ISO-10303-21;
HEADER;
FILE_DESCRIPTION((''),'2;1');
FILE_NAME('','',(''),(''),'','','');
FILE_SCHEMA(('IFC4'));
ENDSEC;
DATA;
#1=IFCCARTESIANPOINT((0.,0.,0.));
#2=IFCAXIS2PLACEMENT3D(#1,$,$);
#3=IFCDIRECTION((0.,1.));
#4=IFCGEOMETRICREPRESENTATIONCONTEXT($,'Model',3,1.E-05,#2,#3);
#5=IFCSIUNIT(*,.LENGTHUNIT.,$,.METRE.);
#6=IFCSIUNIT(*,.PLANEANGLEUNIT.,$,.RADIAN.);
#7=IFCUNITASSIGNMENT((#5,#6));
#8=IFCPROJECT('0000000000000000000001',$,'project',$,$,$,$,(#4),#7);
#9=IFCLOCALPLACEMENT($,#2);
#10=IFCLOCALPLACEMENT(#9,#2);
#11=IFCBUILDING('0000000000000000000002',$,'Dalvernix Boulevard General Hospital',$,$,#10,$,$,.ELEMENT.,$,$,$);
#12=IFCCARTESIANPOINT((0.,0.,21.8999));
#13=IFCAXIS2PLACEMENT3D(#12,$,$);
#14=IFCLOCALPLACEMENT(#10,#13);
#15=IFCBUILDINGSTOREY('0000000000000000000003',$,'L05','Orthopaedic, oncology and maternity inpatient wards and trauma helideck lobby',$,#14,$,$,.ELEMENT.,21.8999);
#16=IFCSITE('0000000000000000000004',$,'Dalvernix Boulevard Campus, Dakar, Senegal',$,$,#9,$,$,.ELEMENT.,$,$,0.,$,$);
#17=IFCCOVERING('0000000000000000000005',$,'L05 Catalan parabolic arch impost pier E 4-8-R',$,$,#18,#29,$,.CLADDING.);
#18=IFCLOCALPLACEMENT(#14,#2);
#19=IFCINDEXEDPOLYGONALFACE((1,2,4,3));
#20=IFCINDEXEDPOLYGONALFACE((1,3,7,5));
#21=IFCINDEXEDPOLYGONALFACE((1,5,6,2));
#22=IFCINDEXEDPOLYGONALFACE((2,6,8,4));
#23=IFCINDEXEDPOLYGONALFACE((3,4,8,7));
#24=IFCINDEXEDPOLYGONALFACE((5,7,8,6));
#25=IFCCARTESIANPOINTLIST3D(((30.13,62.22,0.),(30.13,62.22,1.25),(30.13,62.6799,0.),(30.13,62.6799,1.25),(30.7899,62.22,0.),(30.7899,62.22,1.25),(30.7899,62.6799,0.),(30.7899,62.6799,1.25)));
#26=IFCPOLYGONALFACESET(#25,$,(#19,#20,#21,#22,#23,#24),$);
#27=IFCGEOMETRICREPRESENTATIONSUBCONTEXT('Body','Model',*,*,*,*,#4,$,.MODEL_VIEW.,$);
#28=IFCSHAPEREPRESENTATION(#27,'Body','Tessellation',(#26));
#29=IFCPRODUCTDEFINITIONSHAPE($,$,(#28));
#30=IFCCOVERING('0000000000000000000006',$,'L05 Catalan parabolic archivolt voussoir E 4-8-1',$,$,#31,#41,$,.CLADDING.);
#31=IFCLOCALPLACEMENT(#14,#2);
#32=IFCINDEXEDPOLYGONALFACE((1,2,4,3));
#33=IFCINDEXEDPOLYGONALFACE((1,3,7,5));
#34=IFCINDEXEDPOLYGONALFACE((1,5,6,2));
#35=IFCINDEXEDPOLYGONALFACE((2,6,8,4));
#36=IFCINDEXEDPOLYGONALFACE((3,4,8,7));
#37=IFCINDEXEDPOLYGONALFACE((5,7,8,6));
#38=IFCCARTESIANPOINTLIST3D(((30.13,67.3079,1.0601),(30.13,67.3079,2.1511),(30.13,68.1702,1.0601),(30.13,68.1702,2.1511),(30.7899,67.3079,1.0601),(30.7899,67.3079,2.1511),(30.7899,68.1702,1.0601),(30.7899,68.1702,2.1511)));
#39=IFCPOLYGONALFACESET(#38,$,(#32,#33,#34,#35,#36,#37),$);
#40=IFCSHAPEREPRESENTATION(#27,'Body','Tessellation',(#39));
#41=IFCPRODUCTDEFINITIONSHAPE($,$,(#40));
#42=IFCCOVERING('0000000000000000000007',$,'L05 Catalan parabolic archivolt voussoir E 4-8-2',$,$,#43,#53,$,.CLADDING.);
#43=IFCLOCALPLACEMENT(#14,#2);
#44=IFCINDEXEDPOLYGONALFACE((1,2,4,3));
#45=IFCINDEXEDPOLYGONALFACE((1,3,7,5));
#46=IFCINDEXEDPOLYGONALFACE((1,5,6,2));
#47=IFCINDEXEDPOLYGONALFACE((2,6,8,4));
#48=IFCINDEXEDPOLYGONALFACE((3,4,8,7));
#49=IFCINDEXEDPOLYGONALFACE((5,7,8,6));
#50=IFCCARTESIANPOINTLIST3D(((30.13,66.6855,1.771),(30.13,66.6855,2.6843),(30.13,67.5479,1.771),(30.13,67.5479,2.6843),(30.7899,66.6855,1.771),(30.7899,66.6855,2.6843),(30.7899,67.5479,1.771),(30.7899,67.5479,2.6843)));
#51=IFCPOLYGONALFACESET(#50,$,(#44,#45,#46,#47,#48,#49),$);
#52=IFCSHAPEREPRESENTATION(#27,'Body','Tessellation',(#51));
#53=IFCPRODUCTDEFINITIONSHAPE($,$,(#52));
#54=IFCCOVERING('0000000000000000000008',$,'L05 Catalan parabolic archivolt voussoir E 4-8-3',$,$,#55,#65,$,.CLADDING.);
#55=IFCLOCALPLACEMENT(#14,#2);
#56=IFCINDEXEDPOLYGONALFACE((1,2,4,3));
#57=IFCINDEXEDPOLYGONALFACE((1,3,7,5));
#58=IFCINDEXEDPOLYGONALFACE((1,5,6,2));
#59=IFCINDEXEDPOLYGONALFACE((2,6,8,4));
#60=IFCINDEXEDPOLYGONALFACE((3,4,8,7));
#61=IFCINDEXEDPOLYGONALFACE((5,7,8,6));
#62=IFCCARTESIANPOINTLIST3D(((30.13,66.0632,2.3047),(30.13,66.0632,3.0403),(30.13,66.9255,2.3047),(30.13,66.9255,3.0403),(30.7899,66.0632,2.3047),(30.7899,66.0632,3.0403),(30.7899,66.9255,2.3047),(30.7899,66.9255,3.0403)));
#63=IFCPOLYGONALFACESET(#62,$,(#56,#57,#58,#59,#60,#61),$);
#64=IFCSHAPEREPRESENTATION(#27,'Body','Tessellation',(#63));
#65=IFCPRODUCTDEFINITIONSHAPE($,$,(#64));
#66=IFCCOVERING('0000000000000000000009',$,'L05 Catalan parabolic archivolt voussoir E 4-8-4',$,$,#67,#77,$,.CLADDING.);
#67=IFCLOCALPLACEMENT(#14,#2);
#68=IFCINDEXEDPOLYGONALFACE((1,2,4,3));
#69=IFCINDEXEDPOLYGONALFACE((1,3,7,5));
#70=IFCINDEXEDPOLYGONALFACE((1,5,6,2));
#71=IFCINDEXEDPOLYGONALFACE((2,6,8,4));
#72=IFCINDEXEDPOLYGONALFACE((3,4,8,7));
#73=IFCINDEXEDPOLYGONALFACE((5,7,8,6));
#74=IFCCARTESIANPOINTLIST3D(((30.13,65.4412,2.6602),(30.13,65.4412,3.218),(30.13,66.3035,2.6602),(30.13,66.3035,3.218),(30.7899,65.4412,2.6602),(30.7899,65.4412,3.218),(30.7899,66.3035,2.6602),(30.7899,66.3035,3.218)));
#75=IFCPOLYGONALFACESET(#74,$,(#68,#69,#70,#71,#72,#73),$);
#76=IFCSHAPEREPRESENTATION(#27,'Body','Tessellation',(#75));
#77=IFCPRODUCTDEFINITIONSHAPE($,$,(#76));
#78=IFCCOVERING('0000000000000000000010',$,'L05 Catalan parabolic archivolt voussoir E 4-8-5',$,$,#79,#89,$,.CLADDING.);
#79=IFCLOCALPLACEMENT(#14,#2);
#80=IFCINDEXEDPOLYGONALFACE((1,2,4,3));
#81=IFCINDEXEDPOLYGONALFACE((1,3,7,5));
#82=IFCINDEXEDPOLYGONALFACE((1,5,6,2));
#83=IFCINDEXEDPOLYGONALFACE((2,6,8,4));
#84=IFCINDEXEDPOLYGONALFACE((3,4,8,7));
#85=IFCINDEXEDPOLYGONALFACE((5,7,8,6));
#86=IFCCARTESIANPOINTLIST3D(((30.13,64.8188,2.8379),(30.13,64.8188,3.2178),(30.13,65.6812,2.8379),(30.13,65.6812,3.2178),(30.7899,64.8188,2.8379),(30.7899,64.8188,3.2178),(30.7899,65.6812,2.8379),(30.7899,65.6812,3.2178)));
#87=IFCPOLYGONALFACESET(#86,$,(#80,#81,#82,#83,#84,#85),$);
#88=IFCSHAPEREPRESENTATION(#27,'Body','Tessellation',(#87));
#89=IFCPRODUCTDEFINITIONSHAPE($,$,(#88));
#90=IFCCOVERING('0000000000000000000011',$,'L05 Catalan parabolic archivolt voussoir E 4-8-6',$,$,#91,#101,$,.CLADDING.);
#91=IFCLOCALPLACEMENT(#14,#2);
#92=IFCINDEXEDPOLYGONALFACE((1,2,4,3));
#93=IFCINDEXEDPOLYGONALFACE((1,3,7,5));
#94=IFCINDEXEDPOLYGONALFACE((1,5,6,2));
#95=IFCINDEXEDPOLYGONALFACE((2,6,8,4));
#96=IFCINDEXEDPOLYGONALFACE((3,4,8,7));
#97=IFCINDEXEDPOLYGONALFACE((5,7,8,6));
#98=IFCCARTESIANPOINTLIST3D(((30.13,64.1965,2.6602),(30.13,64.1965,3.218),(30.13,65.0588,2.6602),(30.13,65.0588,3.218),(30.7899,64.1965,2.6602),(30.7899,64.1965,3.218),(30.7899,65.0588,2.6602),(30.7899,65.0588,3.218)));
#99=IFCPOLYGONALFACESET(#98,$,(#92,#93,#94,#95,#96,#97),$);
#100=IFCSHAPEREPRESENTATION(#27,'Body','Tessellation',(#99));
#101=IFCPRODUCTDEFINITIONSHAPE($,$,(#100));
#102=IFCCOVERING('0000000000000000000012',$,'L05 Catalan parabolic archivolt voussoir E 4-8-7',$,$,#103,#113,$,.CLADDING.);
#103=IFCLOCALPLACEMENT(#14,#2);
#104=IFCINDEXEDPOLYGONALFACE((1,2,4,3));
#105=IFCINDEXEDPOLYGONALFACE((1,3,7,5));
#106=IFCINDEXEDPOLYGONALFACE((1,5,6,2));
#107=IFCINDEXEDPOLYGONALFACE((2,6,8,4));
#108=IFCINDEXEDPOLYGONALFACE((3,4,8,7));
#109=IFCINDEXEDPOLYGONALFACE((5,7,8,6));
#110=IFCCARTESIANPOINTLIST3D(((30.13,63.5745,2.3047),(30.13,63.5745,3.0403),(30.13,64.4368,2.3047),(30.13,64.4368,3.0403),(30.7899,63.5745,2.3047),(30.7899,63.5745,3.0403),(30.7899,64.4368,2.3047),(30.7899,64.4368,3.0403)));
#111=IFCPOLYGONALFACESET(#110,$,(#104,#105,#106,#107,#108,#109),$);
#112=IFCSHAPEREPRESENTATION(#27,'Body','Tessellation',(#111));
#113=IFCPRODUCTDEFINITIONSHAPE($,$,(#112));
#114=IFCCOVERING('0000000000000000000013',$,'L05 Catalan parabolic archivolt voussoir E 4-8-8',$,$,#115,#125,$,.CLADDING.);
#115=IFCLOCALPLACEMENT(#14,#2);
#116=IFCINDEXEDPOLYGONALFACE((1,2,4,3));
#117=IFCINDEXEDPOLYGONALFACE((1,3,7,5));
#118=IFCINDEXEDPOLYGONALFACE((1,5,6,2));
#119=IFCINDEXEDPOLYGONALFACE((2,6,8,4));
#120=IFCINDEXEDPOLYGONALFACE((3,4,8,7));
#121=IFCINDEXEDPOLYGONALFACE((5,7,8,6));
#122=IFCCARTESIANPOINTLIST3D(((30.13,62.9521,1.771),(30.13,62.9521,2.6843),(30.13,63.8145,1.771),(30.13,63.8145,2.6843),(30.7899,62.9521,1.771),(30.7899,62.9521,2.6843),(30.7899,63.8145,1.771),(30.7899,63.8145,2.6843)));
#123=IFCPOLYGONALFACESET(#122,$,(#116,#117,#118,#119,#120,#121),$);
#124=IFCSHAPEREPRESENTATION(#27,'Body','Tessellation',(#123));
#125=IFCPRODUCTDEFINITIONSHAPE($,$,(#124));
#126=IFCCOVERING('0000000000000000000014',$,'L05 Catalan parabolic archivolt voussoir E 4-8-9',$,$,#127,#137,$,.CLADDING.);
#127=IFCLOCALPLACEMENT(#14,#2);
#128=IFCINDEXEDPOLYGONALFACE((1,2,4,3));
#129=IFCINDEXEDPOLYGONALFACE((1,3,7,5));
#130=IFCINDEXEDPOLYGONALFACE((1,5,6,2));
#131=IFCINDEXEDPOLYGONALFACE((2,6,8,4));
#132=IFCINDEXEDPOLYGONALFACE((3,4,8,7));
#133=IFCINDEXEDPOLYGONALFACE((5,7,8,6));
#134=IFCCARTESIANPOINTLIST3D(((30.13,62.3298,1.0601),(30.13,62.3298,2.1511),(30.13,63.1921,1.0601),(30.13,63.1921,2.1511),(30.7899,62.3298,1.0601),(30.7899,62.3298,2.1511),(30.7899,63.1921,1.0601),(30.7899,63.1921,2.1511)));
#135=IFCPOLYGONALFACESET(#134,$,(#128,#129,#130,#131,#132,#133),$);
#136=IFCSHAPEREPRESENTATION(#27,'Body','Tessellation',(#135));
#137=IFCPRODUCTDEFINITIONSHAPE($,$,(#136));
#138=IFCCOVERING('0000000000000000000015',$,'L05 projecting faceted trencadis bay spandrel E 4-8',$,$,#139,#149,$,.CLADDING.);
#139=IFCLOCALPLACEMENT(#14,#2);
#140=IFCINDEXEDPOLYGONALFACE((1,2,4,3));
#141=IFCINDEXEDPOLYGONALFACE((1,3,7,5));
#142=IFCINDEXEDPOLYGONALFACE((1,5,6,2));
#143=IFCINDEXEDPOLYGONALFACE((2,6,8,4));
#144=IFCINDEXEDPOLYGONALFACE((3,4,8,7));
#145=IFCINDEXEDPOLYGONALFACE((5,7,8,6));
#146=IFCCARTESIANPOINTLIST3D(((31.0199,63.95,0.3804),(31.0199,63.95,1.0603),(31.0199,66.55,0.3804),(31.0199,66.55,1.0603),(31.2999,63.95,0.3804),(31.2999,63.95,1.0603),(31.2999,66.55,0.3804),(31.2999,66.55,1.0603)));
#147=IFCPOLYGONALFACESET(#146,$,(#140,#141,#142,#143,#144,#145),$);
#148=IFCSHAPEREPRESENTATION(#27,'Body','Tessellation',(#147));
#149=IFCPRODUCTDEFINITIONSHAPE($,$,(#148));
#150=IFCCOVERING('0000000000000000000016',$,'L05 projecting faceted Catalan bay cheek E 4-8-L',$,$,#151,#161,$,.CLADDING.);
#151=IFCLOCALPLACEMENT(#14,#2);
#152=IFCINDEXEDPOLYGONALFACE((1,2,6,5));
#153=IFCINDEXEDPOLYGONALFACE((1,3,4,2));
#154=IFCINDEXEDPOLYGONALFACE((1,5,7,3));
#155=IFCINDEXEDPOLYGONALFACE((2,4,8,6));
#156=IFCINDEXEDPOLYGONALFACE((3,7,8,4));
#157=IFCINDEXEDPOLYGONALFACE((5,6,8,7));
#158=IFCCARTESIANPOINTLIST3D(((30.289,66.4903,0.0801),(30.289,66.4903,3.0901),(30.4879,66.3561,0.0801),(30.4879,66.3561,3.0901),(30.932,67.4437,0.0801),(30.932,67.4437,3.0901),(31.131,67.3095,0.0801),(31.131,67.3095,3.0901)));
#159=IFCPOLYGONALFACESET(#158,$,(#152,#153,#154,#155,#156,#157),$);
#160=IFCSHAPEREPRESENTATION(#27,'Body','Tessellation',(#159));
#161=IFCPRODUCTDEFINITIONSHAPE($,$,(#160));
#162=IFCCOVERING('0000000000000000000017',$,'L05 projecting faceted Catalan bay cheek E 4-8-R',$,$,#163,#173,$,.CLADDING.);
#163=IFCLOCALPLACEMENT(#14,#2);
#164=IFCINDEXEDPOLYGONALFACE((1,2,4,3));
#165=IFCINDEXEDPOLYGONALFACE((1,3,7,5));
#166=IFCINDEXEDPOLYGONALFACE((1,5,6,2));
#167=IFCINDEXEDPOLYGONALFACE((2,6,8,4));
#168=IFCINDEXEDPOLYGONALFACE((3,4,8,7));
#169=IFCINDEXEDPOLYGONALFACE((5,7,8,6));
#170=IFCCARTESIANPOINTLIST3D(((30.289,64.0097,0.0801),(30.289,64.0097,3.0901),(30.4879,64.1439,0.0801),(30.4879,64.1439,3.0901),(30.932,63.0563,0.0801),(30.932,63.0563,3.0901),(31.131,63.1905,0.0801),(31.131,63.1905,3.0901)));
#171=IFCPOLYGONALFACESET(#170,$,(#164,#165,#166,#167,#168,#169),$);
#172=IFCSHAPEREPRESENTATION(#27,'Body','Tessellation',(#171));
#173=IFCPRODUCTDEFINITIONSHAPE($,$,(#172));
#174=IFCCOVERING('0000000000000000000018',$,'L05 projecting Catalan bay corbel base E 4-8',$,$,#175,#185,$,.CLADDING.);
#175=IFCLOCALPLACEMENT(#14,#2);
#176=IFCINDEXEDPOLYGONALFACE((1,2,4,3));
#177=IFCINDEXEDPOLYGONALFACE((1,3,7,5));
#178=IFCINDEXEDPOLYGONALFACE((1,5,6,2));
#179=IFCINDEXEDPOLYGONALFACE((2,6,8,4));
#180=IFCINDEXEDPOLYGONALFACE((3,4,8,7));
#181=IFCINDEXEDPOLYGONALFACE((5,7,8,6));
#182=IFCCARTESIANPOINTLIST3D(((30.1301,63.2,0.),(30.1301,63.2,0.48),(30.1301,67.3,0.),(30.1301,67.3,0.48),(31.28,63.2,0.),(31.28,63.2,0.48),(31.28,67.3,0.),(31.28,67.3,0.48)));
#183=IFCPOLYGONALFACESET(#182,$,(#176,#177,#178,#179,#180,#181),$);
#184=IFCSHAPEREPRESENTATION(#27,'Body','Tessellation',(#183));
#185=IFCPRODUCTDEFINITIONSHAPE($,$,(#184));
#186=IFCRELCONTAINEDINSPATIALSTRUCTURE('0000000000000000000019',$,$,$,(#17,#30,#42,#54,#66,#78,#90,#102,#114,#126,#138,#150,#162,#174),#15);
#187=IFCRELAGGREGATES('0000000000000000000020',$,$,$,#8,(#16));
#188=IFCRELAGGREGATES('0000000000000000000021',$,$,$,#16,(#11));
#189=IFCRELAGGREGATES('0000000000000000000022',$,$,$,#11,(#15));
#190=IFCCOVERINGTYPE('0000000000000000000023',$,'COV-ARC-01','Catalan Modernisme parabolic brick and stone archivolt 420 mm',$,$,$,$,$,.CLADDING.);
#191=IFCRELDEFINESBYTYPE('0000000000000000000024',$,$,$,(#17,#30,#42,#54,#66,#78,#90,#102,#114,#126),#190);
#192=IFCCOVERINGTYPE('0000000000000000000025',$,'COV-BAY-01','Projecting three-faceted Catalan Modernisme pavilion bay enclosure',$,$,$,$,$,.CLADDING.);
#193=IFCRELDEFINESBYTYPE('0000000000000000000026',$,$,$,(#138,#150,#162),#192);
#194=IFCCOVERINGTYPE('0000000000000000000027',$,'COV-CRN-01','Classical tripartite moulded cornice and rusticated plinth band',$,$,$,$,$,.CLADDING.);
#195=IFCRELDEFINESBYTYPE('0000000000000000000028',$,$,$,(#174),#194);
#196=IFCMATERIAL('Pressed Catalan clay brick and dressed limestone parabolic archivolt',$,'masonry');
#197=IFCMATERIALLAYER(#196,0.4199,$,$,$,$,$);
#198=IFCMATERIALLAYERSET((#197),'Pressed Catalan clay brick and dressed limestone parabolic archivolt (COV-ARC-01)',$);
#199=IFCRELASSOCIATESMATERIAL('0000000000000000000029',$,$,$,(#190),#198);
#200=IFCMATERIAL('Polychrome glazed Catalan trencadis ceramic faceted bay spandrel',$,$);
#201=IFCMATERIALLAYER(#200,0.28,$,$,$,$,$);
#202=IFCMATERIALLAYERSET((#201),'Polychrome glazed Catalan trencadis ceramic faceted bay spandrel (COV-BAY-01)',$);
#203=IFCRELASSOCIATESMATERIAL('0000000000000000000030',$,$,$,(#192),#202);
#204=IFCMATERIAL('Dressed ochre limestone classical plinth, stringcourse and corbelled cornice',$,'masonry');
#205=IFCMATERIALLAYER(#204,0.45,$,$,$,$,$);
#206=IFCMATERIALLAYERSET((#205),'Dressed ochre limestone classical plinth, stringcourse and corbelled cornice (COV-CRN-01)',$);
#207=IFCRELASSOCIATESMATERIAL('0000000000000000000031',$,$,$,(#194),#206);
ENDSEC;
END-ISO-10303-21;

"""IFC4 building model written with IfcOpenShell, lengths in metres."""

from ifc_helpers import new_model, si_unit, direction, frame, origin, origin_2d, place, context, subcontext, project, spatial, rectangle, extrude, material, layer, layer_set, type_object, element, save


model = new_model("IFC4")

# Units and contexts
model_context = context("Model", 3, precision=1e-05, world=origin(), true_north=direction((0.0, 1.0)))
body_context = subcontext(model_context, "Body", "Model", "MODEL_VIEW")
ifc_project = project(units=[si_unit("LENGTHUNIT", "METRE"), si_unit("PLANEANGLEUNIT", "RADIAN")], contexts=[model_context])

# Site, building, storey
site_placement = place(None, origin())
site = spatial("IfcSite", under=ifc_project, at=site_placement, Name="Dalvernix Boulevard Campus, Dakar, Senegal", CompositionType="ELEMENT", RefElevation=0.0)
building_placement = place(site_placement, origin())
building = spatial("IfcBuilding", under=site, at=building_placement, Name="Dalvernix Boulevard General Hospital", CompositionType="ELEMENT")
storey_placement = place(building_placement, frame((0.0, 0.0, 21.8999)))
storey = spatial("IfcBuildingStorey", under=building, at=storey_placement, Name="L05", Description="Orthopaedic, oncology and maternity inpatient wards and trauma helideck lobby", CompositionType="ELEMENT", Elevation=21.8999)

# Coverings
ifc_material_1 = material(Name="Pressed Catalan clay brick and dressed limestone parabolic archivolt", Category="masonry")
ifc_layer_1 = layer(ifc_material_1, 0.4199)
ifc_layer_set_1 = layer_set([ifc_layer_1], Name="Pressed Catalan clay brick and dressed limestone parabolic archivolt (COV-ARC-01)")
covering_type_1 = type_object("IfcCoveringType", Name="COV-ARC-01", Description="Catalan Modernisme parabolic brick and stone archivolt 420 mm", PredefinedType="CLADDING", material=ifc_layer_set_1)
covering_1_placement = place(storey_placement, frame((30.46, 62.45, 0.0), z_axis=(0.0, 0.0, 1.0), x_axis=(0.0, -1.0, 0.0)))
element("IfcCovering", 1, at=covering_1_placement, inside=storey, type_object=covering_type_1, Name="L05 Catalan parabolic arch impost pier E 4-8-R", PredefinedType="CLADDING", context=body_context, shape_type="SweptSolid", body=[
    extrude(rectangle(XDim=0.46, YDim=0.6599, at=origin_2d()), origin(), (0.0, 0.0, 1.0), 1.25),
])
covering_2_placement = place(storey_placement, frame((30.46, 67.739, 1.0601), z_axis=(0.0, 0.0, 1.0), x_axis=(0.0, -1.0, 0.0)))
element("IfcCovering", 2, at=covering_2_placement, inside=storey, type_object=covering_type_1, Name="L05 Catalan parabolic archivolt voussoir E 4-8-1", PredefinedType="CLADDING", context=body_context, shape_type="SweptSolid", body=[
    extrude(rectangle(XDim=0.8623, YDim=0.6599, at=origin_2d()), origin(), (0.0, 0.0, 1.0), 1.0911),
])
covering_3_placement = place(storey_placement, frame((30.46, 67.1167, 1.771), z_axis=(0.0, 0.0, 1.0), x_axis=(0.0, -1.0, 0.0)))
element("IfcCovering", 3, at=covering_3_placement, inside=storey, type_object=covering_type_1, Name="L05 Catalan parabolic archivolt voussoir E 4-8-2", PredefinedType="CLADDING", context=body_context, shape_type="SweptSolid", body=[
    extrude(rectangle(XDim=0.8623, YDim=0.6599, at=origin_2d()), origin(), (0.0, 0.0, 1.0), 0.9133),
])
covering_4_placement = place(storey_placement, frame((30.46, 66.4944, 2.3047), z_axis=(0.0, 0.0, 1.0), x_axis=(0.0, -1.0, 0.0)))
element("IfcCovering", 4, at=covering_4_placement, inside=storey, type_object=covering_type_1, Name="L05 Catalan parabolic archivolt voussoir E 4-8-3", PredefinedType="CLADDING", context=body_context, shape_type="SweptSolid", body=[
    extrude(rectangle(XDim=0.8623, YDim=0.6599, at=origin_2d()), origin(), (0.0, 0.0, 1.0), 0.7356),
])
covering_5_placement = place(storey_placement, frame((30.46, 65.8723, 2.6602), z_axis=(0.0, 0.0, 1.0), x_axis=(0.0, -1.0, 0.0)))
element("IfcCovering", 5, at=covering_5_placement, inside=storey, type_object=covering_type_1, Name="L05 Catalan parabolic archivolt voussoir E 4-8-4", PredefinedType="CLADDING", context=body_context, shape_type="SweptSolid", body=[
    extrude(rectangle(XDim=0.8623, YDim=0.6599, at=origin_2d()), origin(), (0.0, 0.0, 1.0), 0.5579),
])
covering_6_placement = place(storey_placement, frame((30.46, 65.25, 2.8379), z_axis=(0.0, 0.0, 1.0), x_axis=(0.0, -1.0, 0.0)))
element("IfcCovering", 6, at=covering_6_placement, inside=storey, type_object=covering_type_1, Name="L05 Catalan parabolic archivolt voussoir E 4-8-5", PredefinedType="CLADDING", context=body_context, shape_type="SweptSolid", body=[
    extrude(rectangle(XDim=0.8623, YDim=0.6599, at=origin_2d()), origin(), (0.0, 0.0, 1.0), 0.3799),
])
covering_7_placement = place(storey_placement, frame((30.46, 64.6277, 2.6602), z_axis=(0.0, 0.0, 1.0), x_axis=(0.0, -1.0, 0.0)))
element("IfcCovering", 7, at=covering_7_placement, inside=storey, type_object=covering_type_1, Name="L05 Catalan parabolic archivolt voussoir E 4-8-6", PredefinedType="CLADDING", context=body_context, shape_type="SweptSolid", body=[
    extrude(rectangle(XDim=0.8623, YDim=0.6599, at=origin_2d()), origin(), (0.0, 0.0, 1.0), 0.5579),
])
covering_8_placement = place(storey_placement, frame((30.46, 64.0056, 2.3047), z_axis=(0.0, 0.0, 1.0), x_axis=(0.0, -1.0, 0.0)))
element("IfcCovering", 8, at=covering_8_placement, inside=storey, type_object=covering_type_1, Name="L05 Catalan parabolic archivolt voussoir E 4-8-7", PredefinedType="CLADDING", context=body_context, shape_type="SweptSolid", body=[
    extrude(rectangle(XDim=0.8623, YDim=0.6599, at=origin_2d()), origin(), (0.0, 0.0, 1.0), 0.7356),
])
covering_9_placement = place(storey_placement, frame((30.46, 63.3833, 1.771), z_axis=(0.0, 0.0, 1.0), x_axis=(0.0, -1.0, 0.0)))
element("IfcCovering", 9, at=covering_9_placement, inside=storey, type_object=covering_type_1, Name="L05 Catalan parabolic archivolt voussoir E 4-8-8", PredefinedType="CLADDING", context=body_context, shape_type="SweptSolid", body=[
    extrude(rectangle(XDim=0.8623, YDim=0.6599, at=origin_2d()), origin(), (0.0, 0.0, 1.0), 0.9133),
])
covering_10_placement = place(storey_placement, frame((30.46, 62.761, 1.0601), z_axis=(0.0, 0.0, 1.0), x_axis=(0.0, -1.0, 0.0)))
element("IfcCovering", 10, at=covering_10_placement, inside=storey, type_object=covering_type_1, Name="L05 Catalan parabolic archivolt voussoir E 4-8-9", PredefinedType="CLADDING", context=body_context, shape_type="SweptSolid", body=[
    extrude(rectangle(XDim=0.8623, YDim=0.6599, at=origin_2d()), origin(), (0.0, 0.0, 1.0), 1.0911),
])
ifc_material_2 = material(Name="Polychrome glazed Catalan trencadis ceramic faceted bay spandrel")
ifc_layer_2 = layer(ifc_material_2, 0.28)
ifc_layer_set_2 = layer_set([ifc_layer_2], Name="Polychrome glazed Catalan trencadis ceramic faceted bay spandrel (COV-BAY-01)")
covering_type_2 = type_object("IfcCoveringType", Name="COV-BAY-01", Description="Projecting three-faceted Catalan Modernisme pavilion bay enclosure", PredefinedType="CLADDING", material=ifc_layer_set_2)
covering_11_placement = place(storey_placement, frame((31.1599, 65.25, 0.3804), z_axis=(0.0, 0.0, 1.0), x_axis=(0.0, -1.0, 0.0)))
element("IfcCovering", 11, at=covering_11_placement, inside=storey, type_object=covering_type_2, Name="L05 projecting faceted trencadis bay spandrel E 4-8", PredefinedType="CLADDING", context=body_context, shape_type="SweptSolid", body=[
    extrude(rectangle(XDim=2.6001, YDim=0.28, at=origin_2d()), origin(), (0.0, 0.0, 1.0), 0.6799),
])
for number, where, z_axis, x_axis, name in (
    (12, (30.71, 66.8999, 0.0801), (0.0, 0.0, 1.0), (-0.559193, -0.829038, 0.0), "L05 projecting faceted Catalan bay cheek E 4-8-L"),
    (13, (30.71, 63.6001, 0.0801), (0.0, 0.0, 1.0), (0.559193, -0.829038, 0.0), "L05 projecting faceted Catalan bay cheek E 4-8-R"),
):
    element("IfcCovering", number, at=place(storey_placement, frame(where, z_axis=z_axis, x_axis=x_axis)), inside=storey, type_object=covering_type_2, Name=name, PredefinedType="CLADDING", context=body_context, shape_type="SweptSolid", body=[
        extrude(rectangle(XDim=1.1499, YDim=0.24, at=origin_2d()), origin(), (0.0, 0.0, 1.0), 3.01),
    ])
ifc_material_3 = material(Name="Dressed ochre limestone classical plinth, stringcourse and corbelled cornice", Category="masonry")
ifc_layer_3 = layer(ifc_material_3, 0.45)
ifc_layer_set_3 = layer_set([ifc_layer_3], Name="Dressed ochre limestone classical plinth, stringcourse and corbelled cornice (COV-CRN-01)")
covering_type_3 = type_object("IfcCoveringType", Name="COV-CRN-01", Description="Classical tripartite moulded cornice and rusticated plinth band", PredefinedType="CLADDING", material=ifc_layer_set_3)
covering_12_placement = place(storey_placement, frame((30.7051, 65.25, 0.0), z_axis=(0.0, 0.0, 1.0), x_axis=(0.0, -1.0, 0.0)))
element("IfcCovering", 14, at=covering_12_placement, inside=storey, type_object=covering_type_3, Name="L05 projecting Catalan bay corbel base E 4-8", PredefinedType="CLADDING", context=body_context, shape_type="SweptSolid", body=[
    extrude(rectangle(XDim=4.1001, YDim=1.1499, at=origin_2d()), origin(), (0.0, 0.0, 1.0), 0.48),
])

save(model, "model.ifc")
